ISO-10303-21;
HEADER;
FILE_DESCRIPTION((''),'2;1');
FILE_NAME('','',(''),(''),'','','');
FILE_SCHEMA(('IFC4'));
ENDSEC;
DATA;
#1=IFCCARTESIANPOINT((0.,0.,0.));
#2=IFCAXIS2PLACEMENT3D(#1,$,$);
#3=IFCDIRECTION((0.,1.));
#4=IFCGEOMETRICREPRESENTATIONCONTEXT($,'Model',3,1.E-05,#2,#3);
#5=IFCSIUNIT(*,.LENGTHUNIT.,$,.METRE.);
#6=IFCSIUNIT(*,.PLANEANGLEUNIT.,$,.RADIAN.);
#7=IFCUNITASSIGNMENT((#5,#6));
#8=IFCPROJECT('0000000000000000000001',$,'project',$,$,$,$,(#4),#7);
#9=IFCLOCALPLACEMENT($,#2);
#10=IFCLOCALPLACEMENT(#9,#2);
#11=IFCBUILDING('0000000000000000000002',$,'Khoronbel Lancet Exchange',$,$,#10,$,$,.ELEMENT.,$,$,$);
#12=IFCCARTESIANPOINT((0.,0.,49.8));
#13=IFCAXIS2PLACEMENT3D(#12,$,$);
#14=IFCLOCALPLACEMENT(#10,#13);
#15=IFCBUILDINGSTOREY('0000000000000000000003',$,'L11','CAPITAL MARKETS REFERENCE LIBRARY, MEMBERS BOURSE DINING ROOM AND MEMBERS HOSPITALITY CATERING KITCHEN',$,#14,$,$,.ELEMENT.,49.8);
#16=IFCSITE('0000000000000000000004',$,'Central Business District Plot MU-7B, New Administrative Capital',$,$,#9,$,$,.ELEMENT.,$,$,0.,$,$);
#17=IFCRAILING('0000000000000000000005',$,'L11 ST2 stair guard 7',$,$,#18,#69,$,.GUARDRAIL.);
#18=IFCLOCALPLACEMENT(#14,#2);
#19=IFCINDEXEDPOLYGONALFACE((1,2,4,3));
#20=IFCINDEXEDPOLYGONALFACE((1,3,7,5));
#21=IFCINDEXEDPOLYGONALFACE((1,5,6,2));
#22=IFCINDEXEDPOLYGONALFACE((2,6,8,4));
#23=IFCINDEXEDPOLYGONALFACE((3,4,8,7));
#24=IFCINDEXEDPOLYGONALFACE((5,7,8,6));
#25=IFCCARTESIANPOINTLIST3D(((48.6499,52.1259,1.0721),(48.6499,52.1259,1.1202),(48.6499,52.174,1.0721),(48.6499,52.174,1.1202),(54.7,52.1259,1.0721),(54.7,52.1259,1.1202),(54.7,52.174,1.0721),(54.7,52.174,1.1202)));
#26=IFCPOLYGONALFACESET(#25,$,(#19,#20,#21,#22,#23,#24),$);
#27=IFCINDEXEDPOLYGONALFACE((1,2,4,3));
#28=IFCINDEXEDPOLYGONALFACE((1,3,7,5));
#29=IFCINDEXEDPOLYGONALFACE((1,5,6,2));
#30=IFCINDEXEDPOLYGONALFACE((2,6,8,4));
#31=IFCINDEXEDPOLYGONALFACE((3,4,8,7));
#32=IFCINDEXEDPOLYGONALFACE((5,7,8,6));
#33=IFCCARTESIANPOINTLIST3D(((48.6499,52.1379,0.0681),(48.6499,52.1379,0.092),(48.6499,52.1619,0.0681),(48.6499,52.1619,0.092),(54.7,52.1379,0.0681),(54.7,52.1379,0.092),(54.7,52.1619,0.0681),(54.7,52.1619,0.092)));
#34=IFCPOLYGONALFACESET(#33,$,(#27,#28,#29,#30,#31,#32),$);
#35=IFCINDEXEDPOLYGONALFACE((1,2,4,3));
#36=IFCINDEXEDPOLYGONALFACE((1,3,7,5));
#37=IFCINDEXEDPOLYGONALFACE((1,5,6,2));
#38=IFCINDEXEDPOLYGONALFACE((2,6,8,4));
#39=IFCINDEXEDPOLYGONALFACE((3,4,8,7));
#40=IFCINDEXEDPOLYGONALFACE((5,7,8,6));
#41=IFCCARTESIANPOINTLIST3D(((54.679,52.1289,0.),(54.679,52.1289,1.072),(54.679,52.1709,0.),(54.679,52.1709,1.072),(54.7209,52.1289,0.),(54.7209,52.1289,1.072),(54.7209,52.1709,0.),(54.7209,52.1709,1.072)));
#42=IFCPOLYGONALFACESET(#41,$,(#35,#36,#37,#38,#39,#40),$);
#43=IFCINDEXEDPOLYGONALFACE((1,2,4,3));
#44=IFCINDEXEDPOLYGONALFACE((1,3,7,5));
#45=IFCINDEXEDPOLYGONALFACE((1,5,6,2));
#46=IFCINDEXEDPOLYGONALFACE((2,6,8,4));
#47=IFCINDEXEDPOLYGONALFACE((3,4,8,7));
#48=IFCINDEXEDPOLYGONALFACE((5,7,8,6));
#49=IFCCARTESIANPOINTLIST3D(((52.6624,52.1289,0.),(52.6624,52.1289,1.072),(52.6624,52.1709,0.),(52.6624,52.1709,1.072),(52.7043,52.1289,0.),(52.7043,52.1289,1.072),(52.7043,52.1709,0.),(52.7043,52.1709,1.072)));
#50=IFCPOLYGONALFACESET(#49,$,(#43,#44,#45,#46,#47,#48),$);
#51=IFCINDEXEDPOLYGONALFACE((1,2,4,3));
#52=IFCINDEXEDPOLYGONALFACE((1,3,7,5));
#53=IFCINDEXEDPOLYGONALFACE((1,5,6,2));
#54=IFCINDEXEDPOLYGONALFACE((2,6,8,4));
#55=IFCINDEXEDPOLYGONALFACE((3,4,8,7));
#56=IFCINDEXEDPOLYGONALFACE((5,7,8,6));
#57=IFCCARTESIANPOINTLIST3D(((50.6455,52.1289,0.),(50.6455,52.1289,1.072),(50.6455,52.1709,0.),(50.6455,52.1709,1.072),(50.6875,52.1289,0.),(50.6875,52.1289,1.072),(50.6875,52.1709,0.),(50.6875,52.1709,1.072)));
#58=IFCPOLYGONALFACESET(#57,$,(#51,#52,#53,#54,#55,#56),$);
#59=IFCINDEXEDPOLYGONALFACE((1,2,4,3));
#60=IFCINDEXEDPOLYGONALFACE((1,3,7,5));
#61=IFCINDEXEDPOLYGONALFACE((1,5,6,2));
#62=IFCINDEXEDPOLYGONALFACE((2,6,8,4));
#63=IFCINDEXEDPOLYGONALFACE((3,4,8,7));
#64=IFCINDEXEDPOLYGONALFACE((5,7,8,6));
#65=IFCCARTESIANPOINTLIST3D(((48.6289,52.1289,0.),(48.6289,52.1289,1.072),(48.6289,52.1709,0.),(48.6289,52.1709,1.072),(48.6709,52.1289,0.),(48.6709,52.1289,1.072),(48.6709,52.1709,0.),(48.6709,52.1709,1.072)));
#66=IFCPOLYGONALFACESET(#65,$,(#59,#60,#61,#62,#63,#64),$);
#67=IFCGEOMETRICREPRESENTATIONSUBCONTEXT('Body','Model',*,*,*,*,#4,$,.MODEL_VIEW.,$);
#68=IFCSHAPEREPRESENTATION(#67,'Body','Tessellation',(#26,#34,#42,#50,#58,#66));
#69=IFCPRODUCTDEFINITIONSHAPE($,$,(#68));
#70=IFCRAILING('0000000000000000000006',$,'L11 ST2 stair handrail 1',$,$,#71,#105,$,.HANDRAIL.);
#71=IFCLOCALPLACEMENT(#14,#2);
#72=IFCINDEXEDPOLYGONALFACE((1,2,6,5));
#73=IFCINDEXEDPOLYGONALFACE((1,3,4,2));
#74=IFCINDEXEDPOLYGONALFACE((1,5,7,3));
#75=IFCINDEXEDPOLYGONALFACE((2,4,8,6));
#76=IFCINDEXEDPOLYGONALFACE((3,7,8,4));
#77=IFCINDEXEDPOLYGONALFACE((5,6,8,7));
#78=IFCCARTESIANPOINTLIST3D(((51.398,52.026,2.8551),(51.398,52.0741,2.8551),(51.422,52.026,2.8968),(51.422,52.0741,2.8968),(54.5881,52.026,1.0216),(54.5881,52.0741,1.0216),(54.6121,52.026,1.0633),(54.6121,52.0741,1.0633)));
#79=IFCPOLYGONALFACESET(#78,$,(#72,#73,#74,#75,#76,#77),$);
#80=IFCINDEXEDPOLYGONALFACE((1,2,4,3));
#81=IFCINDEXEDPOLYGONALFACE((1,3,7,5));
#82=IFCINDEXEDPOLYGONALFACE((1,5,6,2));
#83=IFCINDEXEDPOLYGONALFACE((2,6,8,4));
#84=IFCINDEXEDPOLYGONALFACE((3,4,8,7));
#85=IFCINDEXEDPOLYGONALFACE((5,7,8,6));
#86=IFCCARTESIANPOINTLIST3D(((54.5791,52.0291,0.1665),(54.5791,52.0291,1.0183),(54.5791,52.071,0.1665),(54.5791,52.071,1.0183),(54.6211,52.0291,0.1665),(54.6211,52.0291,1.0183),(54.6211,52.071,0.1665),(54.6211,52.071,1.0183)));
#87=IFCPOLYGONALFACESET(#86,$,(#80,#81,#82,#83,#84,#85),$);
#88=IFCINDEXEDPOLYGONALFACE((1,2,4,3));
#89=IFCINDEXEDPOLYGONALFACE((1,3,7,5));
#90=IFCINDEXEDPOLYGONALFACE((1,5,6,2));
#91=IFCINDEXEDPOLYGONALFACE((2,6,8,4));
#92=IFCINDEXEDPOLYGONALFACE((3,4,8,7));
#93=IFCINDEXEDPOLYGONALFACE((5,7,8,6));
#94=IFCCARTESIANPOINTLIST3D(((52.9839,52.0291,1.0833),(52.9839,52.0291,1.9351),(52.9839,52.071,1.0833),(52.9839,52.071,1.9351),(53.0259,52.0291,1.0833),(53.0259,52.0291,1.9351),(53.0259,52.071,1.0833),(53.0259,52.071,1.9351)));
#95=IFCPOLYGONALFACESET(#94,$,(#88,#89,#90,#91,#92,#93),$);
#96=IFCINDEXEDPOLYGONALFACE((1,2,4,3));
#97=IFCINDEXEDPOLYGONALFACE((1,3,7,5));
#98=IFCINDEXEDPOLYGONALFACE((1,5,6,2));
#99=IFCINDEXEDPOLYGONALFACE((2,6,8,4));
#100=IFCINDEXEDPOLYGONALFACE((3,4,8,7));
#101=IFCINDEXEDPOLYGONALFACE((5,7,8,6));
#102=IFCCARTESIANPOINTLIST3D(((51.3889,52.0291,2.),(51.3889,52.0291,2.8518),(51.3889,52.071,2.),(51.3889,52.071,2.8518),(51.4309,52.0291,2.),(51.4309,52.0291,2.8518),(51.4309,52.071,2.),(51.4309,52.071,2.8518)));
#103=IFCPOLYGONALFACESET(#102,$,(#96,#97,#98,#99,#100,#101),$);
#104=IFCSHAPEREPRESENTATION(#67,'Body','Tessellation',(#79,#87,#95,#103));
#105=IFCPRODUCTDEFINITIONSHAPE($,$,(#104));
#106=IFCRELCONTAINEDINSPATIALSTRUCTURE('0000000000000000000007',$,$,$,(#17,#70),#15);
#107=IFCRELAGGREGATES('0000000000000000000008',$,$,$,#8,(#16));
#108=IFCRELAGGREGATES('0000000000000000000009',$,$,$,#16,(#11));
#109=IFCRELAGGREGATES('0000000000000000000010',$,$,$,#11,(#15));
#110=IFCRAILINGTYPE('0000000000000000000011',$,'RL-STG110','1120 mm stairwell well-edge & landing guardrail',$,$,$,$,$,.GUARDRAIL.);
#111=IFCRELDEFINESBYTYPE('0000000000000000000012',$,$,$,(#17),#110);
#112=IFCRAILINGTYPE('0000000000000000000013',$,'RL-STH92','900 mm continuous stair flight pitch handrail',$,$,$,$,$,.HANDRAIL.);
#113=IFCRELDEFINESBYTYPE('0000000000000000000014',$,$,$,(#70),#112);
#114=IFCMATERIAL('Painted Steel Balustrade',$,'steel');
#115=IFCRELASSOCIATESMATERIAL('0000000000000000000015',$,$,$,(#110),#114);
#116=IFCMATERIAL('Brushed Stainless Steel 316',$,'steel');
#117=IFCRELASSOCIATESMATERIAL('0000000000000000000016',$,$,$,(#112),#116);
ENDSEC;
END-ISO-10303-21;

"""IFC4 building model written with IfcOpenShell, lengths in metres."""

from ifc_helpers import new_model, si_unit, direction, frame, origin, origin_2d, place, context, subcontext, project, spatial, rectangle, extrude, material, type_object, element, save


model = new_model("IFC4")

# Units and contexts
model_context = context("Model", 3, precision=1e-05, world=origin(), true_north=direction((0.0, 1.0)))
body_context = subcontext(model_context, "Body", "Model", "MODEL_VIEW")
ifc_project = project(units=[si_unit("LENGTHUNIT", "METRE"), si_unit("PLANEANGLEUNIT", "RADIAN")], contexts=[model_context])

# Site, building, storey
site_placement = place(None, origin())
site = spatial("IfcSite", under=ifc_project, at=site_placement, Name="Central Business District Plot MU-7B, New Administrative Capital", CompositionType="ELEMENT", RefElevation=0.0)
building_placement = place(site_placement, origin())
building = spatial("IfcBuilding", under=site, at=building_placement, Name="Khoronbel Lancet Exchange", CompositionType="ELEMENT")
storey_placement = place(building_placement, frame((0.0, 0.0, 49.8)))
storey = spatial("IfcBuildingStorey", under=building, at=storey_placement, Name="L11", Description="CAPITAL MARKETS REFERENCE LIBRARY, MEMBERS BOURSE DINING ROOM AND MEMBERS HOSPITALITY CATERING KITCHEN", CompositionType="ELEMENT", Elevation=49.8)

# Railings
ifc_material_1 = material(Name="Painted Steel Balustrade", Category="steel")
railing_type_1 = type_object("IfcRailingType", Name="RL-STG110", Description="1120 mm stairwell well-edge & landing guardrail", PredefinedType="GUARDRAIL", material=ifc_material_1)
railing_1_placement = place(storey_placement, frame((54.7, 52.1499, 0.0)))
element("IfcRailing", 1, at=railing_1_placement, inside=storey, type_object=railing_type_1, Name="L11 ST2 stair guard 7", PredefinedType="GUARDRAIL", context=body_context, shape_type="SweptSolid", body=[
    extrude(rectangle(XDim=0.0481, YDim=0.0481, at=origin_2d()), frame((0.0, 0.0, 1.0962), z_axis=(-1.0, 0.0, 0.0), x_axis=(0.0, -1.0, 0.0)), (0.0, 0.0, 1.0), 6.05),
    extrude(rectangle(XDim=0.0239, YDim=0.0239, at=origin_2d()), frame((0.0, 0.0, 0.0801), z_axis=(-1.0, 0.0, 0.0), x_axis=(0.0, -1.0, 0.0)), (0.0, 0.0, 1.0), 6.05),
    extrude(rectangle(XDim=0.042, YDim=0.042, at=origin_2d()), origin(), (0.0, 0.0, 1.0), 1.072),
    extrude(rectangle(XDim=0.042, YDim=0.042, at=origin_2d()), frame((-2.0166, 0.0, 0.0)), (0.0, 0.0, 1.0), 1.072),
    extrude(rectangle(XDim=0.042, YDim=0.042, at=origin_2d()), frame((-4.0334, 0.0, 0.0)), (0.0, 0.0, 1.0), 1.072),
    extrude(rectangle(XDim=0.042, YDim=0.042, at=origin_2d()), frame((-6.05, 0.0, 0.0)), (0.0, 0.0, 1.0), 1.072),
])
ifc_material_2 = material(Name="Brushed Stainless Steel 316", Category="steel")
railing_type_2 = type_object("IfcRailingType", Name="RL-STH92", Description="900 mm continuous stair flight pitch handrail", PredefinedType="HANDRAIL", material=ifc_material_2)
railing_2_placement = place(storey_placement, frame((54.6001, 52.05, 0.1665)))
element("IfcRailing", 2, at=railing_2_placement, inside=storey, type_object=railing_type_2, Name="L11 ST2 stair handrail 1", PredefinedType="HANDRAIL", context=body_context, shape_type="SweptSolid", body=[
    extrude(rectangle(XDim=0.0481, YDim=0.0481, at=origin_2d()), frame((0.0, 0.0, 0.876), z_axis=(-0.867007, 0.0, 0.498295), x_axis=(0.0, -1.0, 0.0)), (0.0, 0.0, 1.0), 3.6794),
    extrude(rectangle(XDim=0.042, YDim=0.042, at=origin_2d()), origin(), (0.0, 0.0, 1.0), 0.8518),
    extrude(rectangle(XDim=0.042, YDim=0.042, at=origin_2d()), frame((-1.5952, 0.0, 0.9167)), (0.0, 0.0, 1.0), 0.8518),
    extrude(rectangle(XDim=0.042, YDim=0.042, at=origin_2d()), frame((-3.1902, 0.0, 1.8335)), (0.0, 0.0, 1.0), 0.8518),
])

save(model, "model.ifc")
